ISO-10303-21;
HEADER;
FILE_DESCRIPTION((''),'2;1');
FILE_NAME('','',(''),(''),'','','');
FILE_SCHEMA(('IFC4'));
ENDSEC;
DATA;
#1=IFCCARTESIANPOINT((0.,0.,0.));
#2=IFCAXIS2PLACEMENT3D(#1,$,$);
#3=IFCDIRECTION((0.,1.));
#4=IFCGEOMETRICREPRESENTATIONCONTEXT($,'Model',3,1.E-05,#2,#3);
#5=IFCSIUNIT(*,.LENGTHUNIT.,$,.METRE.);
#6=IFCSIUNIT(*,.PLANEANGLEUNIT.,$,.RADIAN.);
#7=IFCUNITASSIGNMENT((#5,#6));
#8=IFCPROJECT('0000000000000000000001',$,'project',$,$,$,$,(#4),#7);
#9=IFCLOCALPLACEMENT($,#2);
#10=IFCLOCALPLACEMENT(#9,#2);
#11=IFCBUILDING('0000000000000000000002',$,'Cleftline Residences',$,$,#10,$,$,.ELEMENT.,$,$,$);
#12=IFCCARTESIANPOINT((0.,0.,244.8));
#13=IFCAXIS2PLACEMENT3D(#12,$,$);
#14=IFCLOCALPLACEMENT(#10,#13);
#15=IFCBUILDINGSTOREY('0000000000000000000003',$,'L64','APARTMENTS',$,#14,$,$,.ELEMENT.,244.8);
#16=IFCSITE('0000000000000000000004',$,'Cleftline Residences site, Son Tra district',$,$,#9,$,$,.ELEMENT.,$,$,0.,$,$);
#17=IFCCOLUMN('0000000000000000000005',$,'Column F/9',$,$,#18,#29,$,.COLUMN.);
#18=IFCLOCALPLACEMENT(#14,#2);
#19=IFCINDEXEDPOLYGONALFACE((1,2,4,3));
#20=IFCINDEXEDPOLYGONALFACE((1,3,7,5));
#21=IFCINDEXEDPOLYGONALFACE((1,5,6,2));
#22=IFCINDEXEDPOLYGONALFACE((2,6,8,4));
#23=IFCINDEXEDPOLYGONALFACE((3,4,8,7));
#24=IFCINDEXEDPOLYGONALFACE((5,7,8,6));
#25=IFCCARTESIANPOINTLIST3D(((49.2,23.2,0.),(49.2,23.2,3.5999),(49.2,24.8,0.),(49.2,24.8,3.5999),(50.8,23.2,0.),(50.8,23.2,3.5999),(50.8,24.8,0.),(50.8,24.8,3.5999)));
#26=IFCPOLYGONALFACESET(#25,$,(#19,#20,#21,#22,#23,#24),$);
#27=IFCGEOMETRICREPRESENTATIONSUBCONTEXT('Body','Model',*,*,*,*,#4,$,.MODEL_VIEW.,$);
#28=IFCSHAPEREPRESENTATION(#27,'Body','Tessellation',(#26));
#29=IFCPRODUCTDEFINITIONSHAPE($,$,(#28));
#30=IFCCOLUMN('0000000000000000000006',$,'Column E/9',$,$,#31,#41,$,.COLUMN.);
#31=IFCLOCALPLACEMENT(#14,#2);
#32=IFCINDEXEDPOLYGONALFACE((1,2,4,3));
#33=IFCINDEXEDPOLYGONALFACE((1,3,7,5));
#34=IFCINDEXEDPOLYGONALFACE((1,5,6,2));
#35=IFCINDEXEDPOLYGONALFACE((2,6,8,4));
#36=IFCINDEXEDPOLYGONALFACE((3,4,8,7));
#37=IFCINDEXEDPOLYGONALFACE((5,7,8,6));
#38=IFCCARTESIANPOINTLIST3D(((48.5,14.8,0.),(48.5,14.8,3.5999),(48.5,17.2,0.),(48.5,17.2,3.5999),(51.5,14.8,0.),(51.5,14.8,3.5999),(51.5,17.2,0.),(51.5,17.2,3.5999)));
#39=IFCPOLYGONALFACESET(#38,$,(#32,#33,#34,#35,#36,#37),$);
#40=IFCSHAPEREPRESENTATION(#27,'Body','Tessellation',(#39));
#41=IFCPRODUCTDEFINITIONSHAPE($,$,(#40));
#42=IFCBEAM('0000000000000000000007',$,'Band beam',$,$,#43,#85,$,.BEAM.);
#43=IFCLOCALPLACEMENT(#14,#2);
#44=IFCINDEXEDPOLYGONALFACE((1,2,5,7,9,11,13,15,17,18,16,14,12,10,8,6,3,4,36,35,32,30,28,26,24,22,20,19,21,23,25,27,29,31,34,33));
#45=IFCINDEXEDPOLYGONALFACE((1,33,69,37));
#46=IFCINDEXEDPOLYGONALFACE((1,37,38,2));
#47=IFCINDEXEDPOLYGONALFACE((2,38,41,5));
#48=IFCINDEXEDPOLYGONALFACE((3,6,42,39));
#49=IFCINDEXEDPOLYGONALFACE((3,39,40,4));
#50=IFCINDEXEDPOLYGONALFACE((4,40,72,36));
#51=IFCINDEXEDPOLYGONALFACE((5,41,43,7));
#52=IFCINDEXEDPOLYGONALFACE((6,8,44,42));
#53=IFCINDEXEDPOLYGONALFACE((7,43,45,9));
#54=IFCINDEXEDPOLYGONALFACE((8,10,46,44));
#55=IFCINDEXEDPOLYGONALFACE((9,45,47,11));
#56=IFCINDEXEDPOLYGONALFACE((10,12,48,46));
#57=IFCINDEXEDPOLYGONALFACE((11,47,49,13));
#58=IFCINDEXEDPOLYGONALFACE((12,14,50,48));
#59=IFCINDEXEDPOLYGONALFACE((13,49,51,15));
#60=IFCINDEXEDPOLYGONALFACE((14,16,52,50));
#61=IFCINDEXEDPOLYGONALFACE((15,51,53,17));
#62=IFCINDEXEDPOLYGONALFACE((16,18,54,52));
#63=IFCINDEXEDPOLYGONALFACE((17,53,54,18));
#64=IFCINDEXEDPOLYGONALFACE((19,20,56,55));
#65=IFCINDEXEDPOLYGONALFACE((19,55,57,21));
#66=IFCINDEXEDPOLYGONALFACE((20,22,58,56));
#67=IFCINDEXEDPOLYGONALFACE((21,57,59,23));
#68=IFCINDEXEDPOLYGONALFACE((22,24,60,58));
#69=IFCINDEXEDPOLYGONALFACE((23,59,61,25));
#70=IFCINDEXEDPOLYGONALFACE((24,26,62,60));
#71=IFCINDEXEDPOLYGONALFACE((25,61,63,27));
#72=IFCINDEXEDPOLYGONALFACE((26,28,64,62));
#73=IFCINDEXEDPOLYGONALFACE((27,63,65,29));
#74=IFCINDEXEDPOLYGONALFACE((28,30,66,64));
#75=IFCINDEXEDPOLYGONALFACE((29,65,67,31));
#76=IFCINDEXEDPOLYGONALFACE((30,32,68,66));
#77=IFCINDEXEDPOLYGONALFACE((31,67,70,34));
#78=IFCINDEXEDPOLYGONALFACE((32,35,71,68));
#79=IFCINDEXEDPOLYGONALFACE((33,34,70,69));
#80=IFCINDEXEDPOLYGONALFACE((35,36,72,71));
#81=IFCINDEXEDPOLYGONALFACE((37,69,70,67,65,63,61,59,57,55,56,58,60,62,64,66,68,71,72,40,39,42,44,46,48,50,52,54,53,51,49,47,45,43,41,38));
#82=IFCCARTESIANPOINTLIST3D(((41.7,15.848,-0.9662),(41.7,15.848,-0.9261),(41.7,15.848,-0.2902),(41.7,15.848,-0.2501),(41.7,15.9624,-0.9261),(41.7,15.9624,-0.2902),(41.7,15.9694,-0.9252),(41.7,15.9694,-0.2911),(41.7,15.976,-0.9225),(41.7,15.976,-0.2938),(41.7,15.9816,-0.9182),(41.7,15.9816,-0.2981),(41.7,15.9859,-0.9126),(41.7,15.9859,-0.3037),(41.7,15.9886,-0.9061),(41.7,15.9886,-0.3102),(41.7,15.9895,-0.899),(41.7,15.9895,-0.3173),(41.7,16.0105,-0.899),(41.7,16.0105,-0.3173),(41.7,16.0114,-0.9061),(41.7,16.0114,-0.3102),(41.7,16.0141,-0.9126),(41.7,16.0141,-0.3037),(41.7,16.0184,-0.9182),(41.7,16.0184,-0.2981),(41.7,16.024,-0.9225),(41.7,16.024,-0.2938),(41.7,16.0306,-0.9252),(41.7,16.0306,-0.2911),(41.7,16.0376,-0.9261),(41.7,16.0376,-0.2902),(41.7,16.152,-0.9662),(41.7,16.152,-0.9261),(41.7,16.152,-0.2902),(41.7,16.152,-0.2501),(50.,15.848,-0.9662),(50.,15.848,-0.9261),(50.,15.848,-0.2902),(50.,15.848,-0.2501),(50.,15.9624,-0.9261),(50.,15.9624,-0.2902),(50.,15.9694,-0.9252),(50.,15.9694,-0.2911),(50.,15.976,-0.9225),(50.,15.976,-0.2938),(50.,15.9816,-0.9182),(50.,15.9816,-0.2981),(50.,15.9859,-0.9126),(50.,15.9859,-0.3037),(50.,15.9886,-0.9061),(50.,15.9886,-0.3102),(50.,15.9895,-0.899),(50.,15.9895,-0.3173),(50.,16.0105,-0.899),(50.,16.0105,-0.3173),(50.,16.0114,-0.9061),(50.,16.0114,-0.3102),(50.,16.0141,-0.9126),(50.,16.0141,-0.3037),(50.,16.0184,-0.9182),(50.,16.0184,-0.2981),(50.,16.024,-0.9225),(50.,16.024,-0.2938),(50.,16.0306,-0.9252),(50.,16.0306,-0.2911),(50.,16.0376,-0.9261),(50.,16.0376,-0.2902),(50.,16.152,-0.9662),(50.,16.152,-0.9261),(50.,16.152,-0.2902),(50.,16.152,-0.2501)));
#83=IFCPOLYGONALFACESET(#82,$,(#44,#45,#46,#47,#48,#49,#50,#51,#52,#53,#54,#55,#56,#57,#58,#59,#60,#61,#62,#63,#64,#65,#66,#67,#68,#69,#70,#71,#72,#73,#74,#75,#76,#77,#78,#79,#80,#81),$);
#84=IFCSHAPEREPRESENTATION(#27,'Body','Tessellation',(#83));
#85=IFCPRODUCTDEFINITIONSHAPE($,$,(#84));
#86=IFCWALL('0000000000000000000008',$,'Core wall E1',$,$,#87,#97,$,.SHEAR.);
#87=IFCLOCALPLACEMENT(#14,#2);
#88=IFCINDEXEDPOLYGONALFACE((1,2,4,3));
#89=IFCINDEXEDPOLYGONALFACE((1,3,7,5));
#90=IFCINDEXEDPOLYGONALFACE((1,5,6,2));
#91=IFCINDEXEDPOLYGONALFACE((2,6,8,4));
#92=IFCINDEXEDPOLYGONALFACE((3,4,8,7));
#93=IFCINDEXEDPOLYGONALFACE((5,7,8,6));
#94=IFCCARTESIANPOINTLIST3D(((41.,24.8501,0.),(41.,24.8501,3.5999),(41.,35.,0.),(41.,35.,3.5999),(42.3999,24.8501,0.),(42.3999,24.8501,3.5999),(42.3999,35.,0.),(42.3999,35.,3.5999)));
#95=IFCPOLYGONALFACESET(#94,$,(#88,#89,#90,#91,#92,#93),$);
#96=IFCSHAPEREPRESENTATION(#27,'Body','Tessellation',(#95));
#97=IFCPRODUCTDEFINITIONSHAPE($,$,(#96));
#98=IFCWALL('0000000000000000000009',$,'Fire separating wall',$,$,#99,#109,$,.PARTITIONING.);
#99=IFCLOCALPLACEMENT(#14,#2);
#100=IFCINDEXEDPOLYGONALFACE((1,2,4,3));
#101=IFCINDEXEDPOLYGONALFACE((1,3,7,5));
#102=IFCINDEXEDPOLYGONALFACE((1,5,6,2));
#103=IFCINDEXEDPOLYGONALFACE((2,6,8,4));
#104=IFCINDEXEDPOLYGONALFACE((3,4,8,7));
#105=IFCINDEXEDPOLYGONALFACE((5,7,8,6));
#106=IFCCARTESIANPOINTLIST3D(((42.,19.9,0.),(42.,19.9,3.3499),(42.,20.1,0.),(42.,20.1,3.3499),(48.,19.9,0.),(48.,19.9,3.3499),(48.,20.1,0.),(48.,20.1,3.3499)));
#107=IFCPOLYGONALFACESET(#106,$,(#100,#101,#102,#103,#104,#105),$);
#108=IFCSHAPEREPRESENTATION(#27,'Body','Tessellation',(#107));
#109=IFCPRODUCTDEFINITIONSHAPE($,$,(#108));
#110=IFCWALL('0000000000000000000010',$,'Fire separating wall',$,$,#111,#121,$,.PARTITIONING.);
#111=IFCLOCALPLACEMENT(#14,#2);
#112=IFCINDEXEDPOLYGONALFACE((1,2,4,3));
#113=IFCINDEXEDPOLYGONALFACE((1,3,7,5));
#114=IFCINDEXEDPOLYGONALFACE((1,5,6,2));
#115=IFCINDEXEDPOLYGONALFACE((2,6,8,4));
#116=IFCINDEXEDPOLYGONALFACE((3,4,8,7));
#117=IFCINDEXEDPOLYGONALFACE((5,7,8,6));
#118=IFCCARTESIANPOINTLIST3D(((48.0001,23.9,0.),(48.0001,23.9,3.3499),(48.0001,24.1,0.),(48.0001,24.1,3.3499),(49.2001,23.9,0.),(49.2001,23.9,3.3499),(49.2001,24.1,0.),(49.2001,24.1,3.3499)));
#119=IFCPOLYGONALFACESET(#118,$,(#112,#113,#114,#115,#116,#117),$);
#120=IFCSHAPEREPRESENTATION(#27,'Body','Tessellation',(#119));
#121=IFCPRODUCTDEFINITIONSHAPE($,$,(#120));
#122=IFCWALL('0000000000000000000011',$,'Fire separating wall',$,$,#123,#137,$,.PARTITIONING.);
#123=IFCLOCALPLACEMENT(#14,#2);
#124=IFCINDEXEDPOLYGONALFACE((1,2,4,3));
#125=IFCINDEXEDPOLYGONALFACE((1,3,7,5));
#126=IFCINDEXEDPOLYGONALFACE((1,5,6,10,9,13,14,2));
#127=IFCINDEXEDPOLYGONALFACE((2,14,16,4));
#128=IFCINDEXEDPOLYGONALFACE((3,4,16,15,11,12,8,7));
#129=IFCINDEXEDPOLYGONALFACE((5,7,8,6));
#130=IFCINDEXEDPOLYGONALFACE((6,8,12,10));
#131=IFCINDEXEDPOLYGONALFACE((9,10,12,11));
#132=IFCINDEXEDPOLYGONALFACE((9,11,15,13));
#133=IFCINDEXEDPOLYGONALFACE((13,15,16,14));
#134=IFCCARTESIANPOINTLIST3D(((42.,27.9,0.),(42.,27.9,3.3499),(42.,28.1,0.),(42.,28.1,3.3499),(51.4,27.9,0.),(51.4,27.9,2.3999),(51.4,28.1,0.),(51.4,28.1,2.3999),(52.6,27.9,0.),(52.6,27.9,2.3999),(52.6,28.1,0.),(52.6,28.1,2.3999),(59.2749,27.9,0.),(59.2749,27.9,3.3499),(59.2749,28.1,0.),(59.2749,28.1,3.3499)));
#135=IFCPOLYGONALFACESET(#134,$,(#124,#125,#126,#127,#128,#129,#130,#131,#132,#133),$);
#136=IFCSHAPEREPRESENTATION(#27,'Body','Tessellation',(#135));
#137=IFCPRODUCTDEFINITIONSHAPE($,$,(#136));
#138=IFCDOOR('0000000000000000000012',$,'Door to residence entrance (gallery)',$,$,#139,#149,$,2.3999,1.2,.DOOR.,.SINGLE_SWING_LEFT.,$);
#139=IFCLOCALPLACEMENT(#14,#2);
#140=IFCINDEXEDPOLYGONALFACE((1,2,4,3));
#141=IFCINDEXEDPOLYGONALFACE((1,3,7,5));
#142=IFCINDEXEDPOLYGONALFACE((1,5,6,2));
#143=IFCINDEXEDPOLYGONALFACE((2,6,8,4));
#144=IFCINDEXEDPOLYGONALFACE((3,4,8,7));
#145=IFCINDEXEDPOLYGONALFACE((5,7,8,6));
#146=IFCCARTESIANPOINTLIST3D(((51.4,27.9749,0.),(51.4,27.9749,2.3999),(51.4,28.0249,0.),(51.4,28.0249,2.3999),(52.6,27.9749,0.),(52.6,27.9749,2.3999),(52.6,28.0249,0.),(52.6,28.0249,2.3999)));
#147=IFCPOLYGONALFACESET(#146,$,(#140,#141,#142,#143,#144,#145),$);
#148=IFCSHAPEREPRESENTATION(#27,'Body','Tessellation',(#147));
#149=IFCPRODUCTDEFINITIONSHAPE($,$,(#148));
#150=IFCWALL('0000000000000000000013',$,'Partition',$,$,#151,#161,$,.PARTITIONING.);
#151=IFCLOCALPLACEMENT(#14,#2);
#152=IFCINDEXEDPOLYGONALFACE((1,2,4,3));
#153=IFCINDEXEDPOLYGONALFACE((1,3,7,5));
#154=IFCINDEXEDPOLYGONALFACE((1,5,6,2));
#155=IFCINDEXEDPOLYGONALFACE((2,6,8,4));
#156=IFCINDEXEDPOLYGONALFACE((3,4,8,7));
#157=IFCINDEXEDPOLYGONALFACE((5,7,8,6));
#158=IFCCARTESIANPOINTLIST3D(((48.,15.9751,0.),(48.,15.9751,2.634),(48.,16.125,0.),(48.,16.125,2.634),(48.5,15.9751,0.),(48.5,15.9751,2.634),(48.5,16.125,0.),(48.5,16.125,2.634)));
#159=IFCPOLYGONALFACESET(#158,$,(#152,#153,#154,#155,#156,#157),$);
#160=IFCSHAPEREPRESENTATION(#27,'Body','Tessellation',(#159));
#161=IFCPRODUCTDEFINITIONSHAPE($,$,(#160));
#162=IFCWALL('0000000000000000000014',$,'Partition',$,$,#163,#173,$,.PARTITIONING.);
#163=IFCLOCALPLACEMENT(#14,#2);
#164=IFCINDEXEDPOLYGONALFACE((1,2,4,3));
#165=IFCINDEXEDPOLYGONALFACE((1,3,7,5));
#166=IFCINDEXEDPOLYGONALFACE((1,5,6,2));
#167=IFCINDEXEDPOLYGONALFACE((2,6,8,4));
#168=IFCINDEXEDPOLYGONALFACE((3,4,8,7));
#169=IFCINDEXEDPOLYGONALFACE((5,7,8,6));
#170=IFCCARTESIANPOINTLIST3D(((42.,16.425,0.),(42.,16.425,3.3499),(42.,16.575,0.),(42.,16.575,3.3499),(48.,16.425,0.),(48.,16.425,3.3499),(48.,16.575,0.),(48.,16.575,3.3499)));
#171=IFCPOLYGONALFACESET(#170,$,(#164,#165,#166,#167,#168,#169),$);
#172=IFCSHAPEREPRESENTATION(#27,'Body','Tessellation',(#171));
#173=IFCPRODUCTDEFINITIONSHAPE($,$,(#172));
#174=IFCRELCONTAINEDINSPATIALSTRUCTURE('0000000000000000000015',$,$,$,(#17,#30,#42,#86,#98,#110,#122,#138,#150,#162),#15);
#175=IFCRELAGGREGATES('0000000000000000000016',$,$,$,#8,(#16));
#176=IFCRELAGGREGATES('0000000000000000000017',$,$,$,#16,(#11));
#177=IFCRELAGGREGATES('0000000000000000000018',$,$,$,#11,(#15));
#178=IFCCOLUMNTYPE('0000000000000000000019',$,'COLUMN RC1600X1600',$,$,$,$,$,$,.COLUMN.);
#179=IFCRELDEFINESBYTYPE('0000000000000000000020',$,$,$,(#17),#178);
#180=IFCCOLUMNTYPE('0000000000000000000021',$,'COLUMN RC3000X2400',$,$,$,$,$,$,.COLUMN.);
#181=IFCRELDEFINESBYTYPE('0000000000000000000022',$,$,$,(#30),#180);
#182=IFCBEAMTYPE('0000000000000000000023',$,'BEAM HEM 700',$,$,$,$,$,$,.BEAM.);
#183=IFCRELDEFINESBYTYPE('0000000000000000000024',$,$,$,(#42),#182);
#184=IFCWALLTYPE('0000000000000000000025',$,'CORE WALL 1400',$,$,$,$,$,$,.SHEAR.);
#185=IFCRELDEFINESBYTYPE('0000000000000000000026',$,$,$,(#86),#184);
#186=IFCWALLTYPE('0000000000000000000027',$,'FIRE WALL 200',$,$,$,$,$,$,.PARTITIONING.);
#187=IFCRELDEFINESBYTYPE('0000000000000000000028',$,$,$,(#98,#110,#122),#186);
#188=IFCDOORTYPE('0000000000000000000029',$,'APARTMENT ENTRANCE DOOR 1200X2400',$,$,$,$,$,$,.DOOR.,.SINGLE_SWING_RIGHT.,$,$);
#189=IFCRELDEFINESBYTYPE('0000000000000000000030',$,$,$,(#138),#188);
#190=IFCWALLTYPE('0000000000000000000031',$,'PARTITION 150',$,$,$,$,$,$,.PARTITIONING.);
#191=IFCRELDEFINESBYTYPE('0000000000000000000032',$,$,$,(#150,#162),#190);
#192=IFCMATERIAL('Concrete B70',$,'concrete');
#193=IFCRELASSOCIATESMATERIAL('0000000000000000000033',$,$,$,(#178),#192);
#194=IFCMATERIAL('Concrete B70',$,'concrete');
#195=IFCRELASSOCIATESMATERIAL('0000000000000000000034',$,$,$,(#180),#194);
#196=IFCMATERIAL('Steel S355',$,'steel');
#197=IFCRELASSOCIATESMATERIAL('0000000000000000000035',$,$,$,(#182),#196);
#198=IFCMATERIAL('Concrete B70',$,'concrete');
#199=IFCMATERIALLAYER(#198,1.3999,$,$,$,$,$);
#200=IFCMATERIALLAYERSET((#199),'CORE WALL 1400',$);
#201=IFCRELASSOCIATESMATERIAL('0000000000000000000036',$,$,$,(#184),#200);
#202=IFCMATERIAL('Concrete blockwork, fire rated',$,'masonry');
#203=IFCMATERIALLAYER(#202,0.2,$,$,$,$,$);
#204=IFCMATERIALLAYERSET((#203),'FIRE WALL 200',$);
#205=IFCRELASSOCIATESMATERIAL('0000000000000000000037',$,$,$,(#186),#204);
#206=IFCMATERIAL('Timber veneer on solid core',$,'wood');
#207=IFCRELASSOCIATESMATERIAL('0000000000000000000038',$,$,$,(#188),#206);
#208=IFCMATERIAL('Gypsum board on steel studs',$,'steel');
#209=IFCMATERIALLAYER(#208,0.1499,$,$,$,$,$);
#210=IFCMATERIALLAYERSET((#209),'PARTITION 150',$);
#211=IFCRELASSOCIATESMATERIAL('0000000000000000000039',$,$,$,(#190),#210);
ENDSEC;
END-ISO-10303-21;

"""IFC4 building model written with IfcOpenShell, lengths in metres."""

from ifc_helpers import new_model, si_unit, direction, frame, frame_2d, origin, origin_2d, place, context, subcontext, project, spatial, rectangle, i_section, extrude, material, layer, layer_set, material_profile, profile_set, type_object, element, fill, save


model = new_model("IFC4")

# Units and contexts
model_context = context("Model", 3, precision=1e-05, world=origin(), true_north=direction((0.0, 1.0)))
body_context = subcontext(model_context, "Body", "Model", "MODEL_VIEW")
ifc_project = project(units=[si_unit("LENGTHUNIT", "METRE"), si_unit("PLANEANGLEUNIT", "RADIAN")], contexts=[model_context])

# Site, building, storey
site_placement = place(None, origin())
site = spatial("IfcSite", under=ifc_project, at=site_placement, Name="Cleftline Residences site, Son Tra district", CompositionType="ELEMENT", RefElevation=0.0)
building_placement = place(site_placement, origin())
building = spatial("IfcBuilding", under=site, at=building_placement, Name="Cleftline Residences", CompositionType="ELEMENT")
storey_placement = place(building_placement, frame((0.0, 0.0, 244.8)))
storey = spatial("IfcBuildingStorey", under=building, at=storey_placement, Name="L64", Description="APARTMENTS", CompositionType="ELEMENT", Elevation=244.8)

# Columns
ifc_material_1 = material(Name="Concrete B70", Category="concrete")
ifc_material_profile_1 = material_profile(ifc_material_1, rectangle(XDim=1.6001, YDim=1.6001, at=origin_2d()))
ifc_profile_set_1 = profile_set([ifc_material_profile_1], Name="Concrete B70")
column_type_1 = type_object("IfcColumnType", Name="COLUMN RC1600X1600", PredefinedType="COLUMN", material=ifc_profile_set_1)
column_1_placement = place(storey_placement, frame((50.0, 24.0, 0.0), z_axis=(0.0, 0.0, 1.0), x_axis=(1.0, 0.0, 0.0)))
element("IfcColumn", 1, at=column_1_placement, inside=storey, type_object=column_type_1, Name="Column F/9", PredefinedType="COLUMN", context=body_context, shape_type="SweptSolid", body=[
    extrude(rectangle(XDim=1.6001, YDim=1.6001, at=origin_2d()), origin(), (0.0, 0.0, 1.0), 3.5999),
])
ifc_material_2 = material(Name="Concrete B70", Category="concrete")
ifc_material_profile_2 = material_profile(ifc_material_2, rectangle(XDim=3.0, YDim=2.3999, at=origin_2d()))
ifc_profile_set_2 = profile_set([ifc_material_profile_2], Name="Concrete B70")
column_type_2 = type_object("IfcColumnType", Name="COLUMN RC3000X2400", PredefinedType="COLUMN", material=ifc_profile_set_2)
column_2_placement = place(storey_placement, frame((50.0, 16.0, 0.0), z_axis=(0.0, 0.0, 1.0), x_axis=(1.0, 0.0, 0.0)))
element("IfcColumn", 2, at=column_2_placement, inside=storey, type_object=column_type_2, Name="Column E/9", PredefinedType="COLUMN", context=body_context, shape_type="SweptSolid", body=[
    extrude(rectangle(XDim=3.0, YDim=2.3999, at=origin_2d()), origin(), (0.0, 0.0, 1.0), 3.5999),
])

# Beam
ifc_material_3 = material(Name="Steel S355", Category="steel")
ifc_material_profile_3 = material_profile(ifc_material_3, i_section(OverallWidth=0.304, OverallDepth=0.7161, WebThickness=0.021, FlangeThickness=0.04, FilletRadius=0.0271, at=origin_2d()))
ifc_profile_set_3 = profile_set([ifc_material_profile_3], Name="Steel S355")
beam_type = type_object("IfcBeamType", Name="BEAM HEM 700", PredefinedType="BEAM", material=ifc_profile_set_3)
beam_placement = place(storey_placement, frame((50.0, 16.0, -0.6082), z_axis=(-1.0, 0.0, 0.0), x_axis=(0.0, -1.0, 0.0)))
element("IfcBeam", 3, at=beam_placement, inside=storey, type_object=beam_type, Name="Band beam", PredefinedType="BEAM", context=body_context, shape_type="SweptSolid", body=[
    extrude(i_section(OverallWidth=0.304, OverallDepth=0.7161, WebThickness=0.021, FlangeThickness=0.04, FilletRadius=0.0271, at=origin_2d()), origin(), (0.0, 0.0, 1.0), 8.3),
])

# Walls
ifc_material_4 = material(Name="Concrete B70", Category="concrete")
ifc_layer_1 = layer(ifc_material_4, 1.3999)
ifc_layer_set_1 = layer_set([ifc_layer_1], Name="CORE WALL 1400")
wall_type_1 = type_object("IfcWallType", Name="CORE WALL 1400", PredefinedType="SHEAR", material=ifc_layer_set_1)
wall_1_placement = place(storey_placement, frame((41.7, 24.8501, 0.0), z_axis=(0.0, 0.0, 1.0), x_axis=(0.0, 1.0, 0.0)))
element("IfcWall", 4, at=wall_1_placement, inside=storey, type_object=wall_type_1, Name="Core wall E1", PredefinedType="SHEAR", context=body_context, shape_type="SweptSolid", body=[
    extrude(rectangle(XDim=10.1499, YDim=1.3999, at=frame_2d((5.075, 0.0))), origin(), (0.0, 0.0, 1.0), 3.5999),
])
ifc_material_5 = material(Name="Concrete blockwork, fire rated", Category="masonry")
ifc_layer_2 = layer(ifc_material_5, 0.2)
ifc_layer_set_2 = layer_set([ifc_layer_2], Name="FIRE WALL 200")
wall_type_2 = type_object("IfcWallType", Name="FIRE WALL 200", PredefinedType="PARTITIONING", material=ifc_layer_set_2)
wall_2_placement = place(storey_placement, frame((42.0, 20.0, 0.0), z_axis=(0.0, 0.0, 1.0), x_axis=(1.0, 0.0, 0.0)))
element("IfcWall", 5, at=wall_2_placement, inside=storey, type_object=wall_type_2, Name="Fire separating wall", PredefinedType="PARTITIONING", context=body_context, shape_type="SweptSolid", body=[
    extrude(rectangle(XDim=6.0, YDim=0.2, at=frame_2d((3.0, 0.0))), origin(), (0.0, 0.0, 1.0), 3.3499),
])
wall_3_placement = place(storey_placement, frame((48.0, 24.0, 0.0), z_axis=(0.0, 0.0, 1.0), x_axis=(1.0, 0.0, 0.0)))
element("IfcWall", 6, at=wall_3_placement, inside=storey, type_object=wall_type_2, Name="Fire separating wall", PredefinedType="PARTITIONING", context=body_context, shape_type="SweptSolid", body=[
    extrude(rectangle(XDim=1.2, YDim=0.2, at=frame_2d((0.6001, 0.0))), origin(), (0.0, 0.0, 1.0), 3.3499),
])

# Wall, opening, door
wall_4_placement = place(storey_placement, frame((42.0, 28.0, 0.0), z_axis=(0.0, 0.0, 1.0), x_axis=(1.0, 0.0, 0.0)))
wall_4 = element("IfcWall", 7, at=wall_4_placement, inside=storey, type_object=wall_type_2, Name="Fire separating wall", PredefinedType="PARTITIONING", context=body_context, shape_type="SweptSolid", body=[
    extrude(rectangle(XDim=17.2749, YDim=0.2, at=frame_2d((8.6375, 0.0))), origin(), (0.0, 0.0, 1.0), 3.3499),
])
opening_1_placement = place(wall_4_placement, frame((9.3999, 0.0, 0.0)))
opening_1 = element("IfcOpeningElement", 8, at=opening_1_placement, cuts=wall_4, PredefinedType="OPENING", context=body_context, shape_type="SweptSolid", body=[
    extrude(rectangle(XDim=1.2, YDim=2.3999, at=frame_2d((0.6001, 1.2))), frame((0.0, 0.1099, 0.0), z_axis=(0.0, -1.0, 0.0), x_axis=(1.0, 0.0, 0.0)), (0.0, 0.0, 1.0), 0.22),
])
ifc_material_6 = material(Name="Timber veneer on solid core", Category="wood")
door_type_1 = type_object("IfcDoorType", Name="APARTMENT ENTRANCE DOOR 1200X2400", OperationType="SINGLE_SWING_RIGHT", PredefinedType="DOOR", material=ifc_material_6)
door_1_placement = place(opening_1_placement, origin())
door_1 = element("IfcDoor", 9, at=door_1_placement, inside=storey, type_object=door_type_1, Name="Door to residence entrance (gallery)", OperationType="SINGLE_SWING_LEFT", OverallHeight=2.3999, OverallWidth=1.2, PredefinedType="DOOR", context=body_context, shape_type="SweptSolid", body=[
    extrude(rectangle(XDim=1.2, YDim=2.3999, at=frame_2d((0.6001, 1.2))), frame((0.0, 0.0249, 0.0), z_axis=(0.0, -1.0, 0.0), x_axis=(1.0, 0.0, 0.0)), (0.0, 0.0, 1.0), 0.05),
])
fill(opening_1, door_1)

# Walls
ifc_material_7 = material(Name="Gypsum board on steel studs", Category="steel")
ifc_layer_3 = layer(ifc_material_7, 0.1499)
ifc_layer_set_3 = layer_set([ifc_layer_3], Name="PARTITION 150")
wall_type_3 = type_object("IfcWallType", Name="PARTITION 150", PredefinedType="PARTITIONING", material=ifc_layer_set_3)
wall_5_placement = place(storey_placement, frame((48.0, 16.05, 0.0), z_axis=(0.0, 0.0, 1.0), x_axis=(1.0, 0.0, 0.0)))
element("IfcWall", 10, at=wall_5_placement, inside=storey, type_object=wall_type_3, Name="Partition", PredefinedType="PARTITIONING", context=body_context, shape_type="SweptSolid", body=[
    extrude(rectangle(XDim=0.5, YDim=0.1499, at=frame_2d((0.25, 0.0))), origin(), (0.0, 0.0, 1.0), 2.634),
])
for number, where, z_axis, x_axis, name in (
    (11, (42.0, 16.5, 0.0), (0.0, 0.0, 1.0), (1.0, 0.0, 0.0), "Partition"),
):
    element("IfcWall", number, at=place(storey_placement, frame(where, z_axis=z_axis, x_axis=x_axis)), inside=storey, type_object=wall_type_3, Name=name, PredefinedType="PARTITIONING", context=body_context, shape_type="SweptSolid", body=[
        extrude(rectangle(XDim=6.0, YDim=0.1499, at=frame_2d((3.0, 0.0))), origin(), (0.0, 0.0, 1.0), 3.3499),
    ])

save(model, "model.ifc")
